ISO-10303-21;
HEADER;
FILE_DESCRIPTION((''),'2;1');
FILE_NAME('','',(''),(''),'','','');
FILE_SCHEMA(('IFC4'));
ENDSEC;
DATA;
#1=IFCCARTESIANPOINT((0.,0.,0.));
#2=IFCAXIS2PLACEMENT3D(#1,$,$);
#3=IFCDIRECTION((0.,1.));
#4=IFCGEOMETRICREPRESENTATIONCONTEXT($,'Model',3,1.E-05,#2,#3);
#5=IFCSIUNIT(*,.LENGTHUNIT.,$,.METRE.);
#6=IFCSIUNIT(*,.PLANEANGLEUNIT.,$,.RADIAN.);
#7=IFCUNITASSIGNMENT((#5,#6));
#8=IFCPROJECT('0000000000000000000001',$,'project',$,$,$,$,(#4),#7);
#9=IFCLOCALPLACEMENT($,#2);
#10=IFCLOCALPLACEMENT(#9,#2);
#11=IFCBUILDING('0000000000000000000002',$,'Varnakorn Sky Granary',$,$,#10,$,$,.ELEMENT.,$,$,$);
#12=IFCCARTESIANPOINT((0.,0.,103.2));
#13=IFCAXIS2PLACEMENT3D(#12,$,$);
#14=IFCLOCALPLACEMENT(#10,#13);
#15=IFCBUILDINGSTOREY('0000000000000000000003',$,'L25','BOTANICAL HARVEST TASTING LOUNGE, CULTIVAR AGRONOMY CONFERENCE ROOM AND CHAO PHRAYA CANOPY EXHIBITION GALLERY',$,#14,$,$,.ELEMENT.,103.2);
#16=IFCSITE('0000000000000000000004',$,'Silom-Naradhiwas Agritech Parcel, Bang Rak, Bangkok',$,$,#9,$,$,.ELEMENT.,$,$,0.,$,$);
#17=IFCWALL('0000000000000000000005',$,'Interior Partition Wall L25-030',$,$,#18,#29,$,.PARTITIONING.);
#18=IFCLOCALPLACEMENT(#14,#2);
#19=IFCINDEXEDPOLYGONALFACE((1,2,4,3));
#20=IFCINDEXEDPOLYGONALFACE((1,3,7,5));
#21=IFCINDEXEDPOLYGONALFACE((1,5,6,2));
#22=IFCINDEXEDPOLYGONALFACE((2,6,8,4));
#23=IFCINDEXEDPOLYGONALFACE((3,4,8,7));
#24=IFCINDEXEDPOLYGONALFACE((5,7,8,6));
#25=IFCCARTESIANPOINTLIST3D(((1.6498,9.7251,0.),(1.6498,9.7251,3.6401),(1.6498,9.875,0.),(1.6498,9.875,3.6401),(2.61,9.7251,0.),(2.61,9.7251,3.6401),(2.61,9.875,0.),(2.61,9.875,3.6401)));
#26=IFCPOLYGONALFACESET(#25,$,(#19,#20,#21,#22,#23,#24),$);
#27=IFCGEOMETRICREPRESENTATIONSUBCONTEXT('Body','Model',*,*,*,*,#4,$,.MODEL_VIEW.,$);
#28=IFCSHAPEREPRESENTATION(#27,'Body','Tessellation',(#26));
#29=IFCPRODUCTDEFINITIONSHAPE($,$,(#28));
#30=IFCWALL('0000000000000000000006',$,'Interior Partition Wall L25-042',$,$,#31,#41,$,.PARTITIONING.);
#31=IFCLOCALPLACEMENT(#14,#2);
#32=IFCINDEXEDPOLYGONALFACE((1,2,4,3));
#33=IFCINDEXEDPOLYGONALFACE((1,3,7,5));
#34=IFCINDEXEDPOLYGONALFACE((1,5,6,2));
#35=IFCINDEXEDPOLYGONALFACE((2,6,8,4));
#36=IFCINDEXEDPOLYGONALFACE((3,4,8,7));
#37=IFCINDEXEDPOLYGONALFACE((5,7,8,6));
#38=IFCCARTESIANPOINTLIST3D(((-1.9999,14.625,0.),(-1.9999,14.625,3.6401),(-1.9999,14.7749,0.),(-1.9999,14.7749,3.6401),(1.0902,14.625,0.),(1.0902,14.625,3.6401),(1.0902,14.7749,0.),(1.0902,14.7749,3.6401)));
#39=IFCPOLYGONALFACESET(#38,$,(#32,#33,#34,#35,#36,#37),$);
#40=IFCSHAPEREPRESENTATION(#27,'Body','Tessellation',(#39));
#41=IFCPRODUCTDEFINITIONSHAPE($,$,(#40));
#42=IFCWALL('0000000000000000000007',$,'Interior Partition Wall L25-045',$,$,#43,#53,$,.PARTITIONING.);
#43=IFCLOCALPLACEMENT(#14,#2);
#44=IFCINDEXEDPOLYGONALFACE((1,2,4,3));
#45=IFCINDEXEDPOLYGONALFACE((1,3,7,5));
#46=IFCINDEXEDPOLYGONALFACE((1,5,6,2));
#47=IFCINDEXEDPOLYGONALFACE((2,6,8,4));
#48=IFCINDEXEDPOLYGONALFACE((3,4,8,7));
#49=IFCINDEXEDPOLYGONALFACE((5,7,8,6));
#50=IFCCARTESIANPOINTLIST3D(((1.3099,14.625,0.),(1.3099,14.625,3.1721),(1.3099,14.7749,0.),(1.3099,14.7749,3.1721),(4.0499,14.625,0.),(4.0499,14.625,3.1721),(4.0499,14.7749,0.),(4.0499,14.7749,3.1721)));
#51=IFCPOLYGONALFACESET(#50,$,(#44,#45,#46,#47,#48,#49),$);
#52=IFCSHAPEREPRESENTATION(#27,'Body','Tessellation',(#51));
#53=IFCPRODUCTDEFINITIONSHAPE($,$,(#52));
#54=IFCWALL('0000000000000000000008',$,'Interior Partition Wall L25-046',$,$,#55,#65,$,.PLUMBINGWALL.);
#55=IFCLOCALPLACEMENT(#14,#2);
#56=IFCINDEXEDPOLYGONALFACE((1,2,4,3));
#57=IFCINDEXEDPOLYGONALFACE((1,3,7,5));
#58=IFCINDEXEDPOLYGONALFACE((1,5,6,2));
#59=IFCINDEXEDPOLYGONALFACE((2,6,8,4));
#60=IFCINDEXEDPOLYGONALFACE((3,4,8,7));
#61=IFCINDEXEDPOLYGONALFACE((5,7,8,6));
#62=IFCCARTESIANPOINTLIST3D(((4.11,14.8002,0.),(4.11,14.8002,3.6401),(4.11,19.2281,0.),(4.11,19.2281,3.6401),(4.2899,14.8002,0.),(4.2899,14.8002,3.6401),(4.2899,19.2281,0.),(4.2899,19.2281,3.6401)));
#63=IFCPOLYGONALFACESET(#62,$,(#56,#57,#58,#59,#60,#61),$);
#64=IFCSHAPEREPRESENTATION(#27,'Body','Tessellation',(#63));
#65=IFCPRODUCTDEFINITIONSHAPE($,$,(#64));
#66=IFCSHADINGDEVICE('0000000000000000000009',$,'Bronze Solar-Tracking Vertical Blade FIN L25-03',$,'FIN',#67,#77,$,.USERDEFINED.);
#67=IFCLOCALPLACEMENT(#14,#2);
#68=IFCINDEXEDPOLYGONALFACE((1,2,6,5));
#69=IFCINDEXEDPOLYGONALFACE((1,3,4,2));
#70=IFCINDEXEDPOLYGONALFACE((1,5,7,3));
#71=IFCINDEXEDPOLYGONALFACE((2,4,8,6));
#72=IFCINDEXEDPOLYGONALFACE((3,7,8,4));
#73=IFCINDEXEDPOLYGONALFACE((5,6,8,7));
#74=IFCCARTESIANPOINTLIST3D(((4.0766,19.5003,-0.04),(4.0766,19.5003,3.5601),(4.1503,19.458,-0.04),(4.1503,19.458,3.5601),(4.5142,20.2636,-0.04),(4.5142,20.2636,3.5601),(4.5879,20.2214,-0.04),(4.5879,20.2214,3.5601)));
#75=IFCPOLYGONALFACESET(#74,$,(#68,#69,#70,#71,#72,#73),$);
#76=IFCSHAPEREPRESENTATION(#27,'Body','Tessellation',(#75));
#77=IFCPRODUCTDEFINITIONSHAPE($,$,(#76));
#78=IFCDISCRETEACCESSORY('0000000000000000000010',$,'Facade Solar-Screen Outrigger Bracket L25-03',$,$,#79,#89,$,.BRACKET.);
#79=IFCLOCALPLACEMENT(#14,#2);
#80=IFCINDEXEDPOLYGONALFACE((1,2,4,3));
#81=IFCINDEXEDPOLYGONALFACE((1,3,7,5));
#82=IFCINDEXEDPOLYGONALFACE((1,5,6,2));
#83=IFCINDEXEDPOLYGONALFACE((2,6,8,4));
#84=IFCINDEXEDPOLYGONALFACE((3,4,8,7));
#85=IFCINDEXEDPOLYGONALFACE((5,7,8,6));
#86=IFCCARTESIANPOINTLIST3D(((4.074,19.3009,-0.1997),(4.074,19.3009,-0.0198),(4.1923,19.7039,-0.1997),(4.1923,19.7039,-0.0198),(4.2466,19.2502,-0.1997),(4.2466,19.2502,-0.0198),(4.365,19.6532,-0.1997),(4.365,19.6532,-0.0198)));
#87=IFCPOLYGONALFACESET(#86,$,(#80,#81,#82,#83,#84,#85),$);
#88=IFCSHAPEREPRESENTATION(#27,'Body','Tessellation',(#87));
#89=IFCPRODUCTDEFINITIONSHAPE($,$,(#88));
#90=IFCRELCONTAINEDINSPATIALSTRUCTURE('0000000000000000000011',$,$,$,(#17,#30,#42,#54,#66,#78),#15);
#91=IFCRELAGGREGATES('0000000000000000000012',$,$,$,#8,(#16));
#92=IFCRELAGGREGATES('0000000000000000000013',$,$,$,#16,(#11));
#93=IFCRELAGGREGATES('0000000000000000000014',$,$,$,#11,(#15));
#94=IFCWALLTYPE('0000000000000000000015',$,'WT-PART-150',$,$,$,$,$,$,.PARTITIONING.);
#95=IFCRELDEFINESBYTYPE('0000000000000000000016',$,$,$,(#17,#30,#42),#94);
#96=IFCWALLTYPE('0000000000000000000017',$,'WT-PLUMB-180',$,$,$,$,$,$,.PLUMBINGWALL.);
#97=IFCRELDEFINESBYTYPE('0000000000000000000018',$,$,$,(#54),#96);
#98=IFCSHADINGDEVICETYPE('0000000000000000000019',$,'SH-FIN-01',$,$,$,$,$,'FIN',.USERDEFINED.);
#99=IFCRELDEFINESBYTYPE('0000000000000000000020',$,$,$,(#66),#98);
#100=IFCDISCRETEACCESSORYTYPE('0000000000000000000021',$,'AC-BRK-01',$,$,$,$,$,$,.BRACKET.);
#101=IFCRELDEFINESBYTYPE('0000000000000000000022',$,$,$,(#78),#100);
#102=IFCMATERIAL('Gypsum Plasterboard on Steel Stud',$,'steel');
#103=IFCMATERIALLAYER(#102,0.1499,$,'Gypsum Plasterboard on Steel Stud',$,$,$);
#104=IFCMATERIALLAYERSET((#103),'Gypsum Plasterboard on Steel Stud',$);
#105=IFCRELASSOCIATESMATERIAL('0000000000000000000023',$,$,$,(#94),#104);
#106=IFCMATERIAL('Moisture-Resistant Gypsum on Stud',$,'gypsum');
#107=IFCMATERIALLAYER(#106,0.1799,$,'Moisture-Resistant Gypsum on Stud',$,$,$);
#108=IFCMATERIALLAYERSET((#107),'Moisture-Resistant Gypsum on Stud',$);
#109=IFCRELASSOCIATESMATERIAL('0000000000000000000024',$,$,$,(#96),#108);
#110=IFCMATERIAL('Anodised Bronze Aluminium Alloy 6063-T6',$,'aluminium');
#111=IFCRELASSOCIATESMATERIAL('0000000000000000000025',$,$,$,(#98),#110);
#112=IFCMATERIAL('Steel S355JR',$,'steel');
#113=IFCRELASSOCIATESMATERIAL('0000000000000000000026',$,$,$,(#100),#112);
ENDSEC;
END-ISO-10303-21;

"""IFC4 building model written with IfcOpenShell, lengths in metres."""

from ifc_helpers import new_model, si_unit, direction, frame, frame_2d, origin, origin_2d, place, context, subcontext, project, spatial, rectangle, extrude, source, transform, mapped, material, layer, layer_set, type_object, type_shapes, element, save


model = new_model("IFC4")

# Units and contexts
model_context = context("Model", 3, precision=1e-05, world=origin(), true_north=direction((0.0, 1.0)))
body_context = subcontext(model_context, "Body", "Model", "MODEL_VIEW")
ifc_project = project(units=[si_unit("LENGTHUNIT", "METRE"), si_unit("PLANEANGLEUNIT", "RADIAN")], contexts=[model_context])

# Site, building, storey
site_placement = place(None, origin())
site = spatial("IfcSite", under=ifc_project, at=site_placement, Name="Silom-Naradhiwas Agritech Parcel, Bang Rak, Bangkok", CompositionType="ELEMENT", RefElevation=0.0)
building_placement = place(site_placement, origin())
building = spatial("IfcBuilding", under=site, at=building_placement, Name="Varnakorn Sky Granary", CompositionType="ELEMENT")
storey_placement = place(building_placement, frame((0.0, 0.0, 103.2)))
storey = spatial("IfcBuildingStorey", under=building, at=storey_placement, Name="L25", Description="BOTANICAL HARVEST TASTING LOUNGE, CULTIVAR AGRONOMY CONFERENCE ROOM AND CHAO PHRAYA CANOPY EXHIBITION GALLERY", CompositionType="ELEMENT", Elevation=103.2)

# Shared definitions
ifc_material_1 = material(Name="Steel S355JR", Category="steel")

# Shared definitions
ifc_material_2 = material(Name="Anodised Bronze Aluminium Alloy 6063-T6", Category="aluminium")

# Walls
ifc_material_3 = material(Name="Gypsum Plasterboard on Steel Stud", Category="steel")
ifc_layer_1 = layer(ifc_material_3, 0.1499, Name="Gypsum Plasterboard on Steel Stud")
ifc_layer_set_1 = layer_set([ifc_layer_1], Name="Gypsum Plasterboard on Steel Stud")
wall_type_1 = type_object("IfcWallType", Name="WT-PART-150", PredefinedType="PARTITIONING", material=ifc_layer_set_1)
wall_1_placement = place(storey_placement, frame((1.6499, 9.8, 0.0), z_axis=(0.0, 0.0, 1.0), x_axis=(1.0, 0.0, 0.0)))
element("IfcWall", 1, at=wall_1_placement, inside=storey, type_object=wall_type_1, Name="Interior Partition Wall L25-030", PredefinedType="PARTITIONING", context=body_context, shape_type="SweptSolid", body=[
    extrude(rectangle(XDim=0.9602, YDim=0.1499, at=frame_2d((0.48, 0.0))), origin(), (0.0, 0.0, 1.0), 3.6401),
])
wall_2_placement = place(storey_placement, frame((1.0901, 14.7, 0.0), z_axis=(0.0, 0.0, 1.0), x_axis=(-1.0, 0.0, 0.0)))
element("IfcWall", 2, at=wall_2_placement, inside=storey, type_object=wall_type_1, Name="Interior Partition Wall L25-042", PredefinedType="PARTITIONING", context=body_context, shape_type="SweptSolid", body=[
    extrude(rectangle(XDim=3.0901, YDim=0.1499, at=frame_2d((1.5449, 0.0))), origin(), (0.0, 0.0, 1.0), 3.6401),
])
wall_3_placement = place(storey_placement, frame((4.05, 14.7, 0.0), z_axis=(0.0, 0.0, 1.0), x_axis=(-1.0, 0.0, 0.0)))
element("IfcWall", 3, at=wall_3_placement, inside=storey, type_object=wall_type_1, Name="Interior Partition Wall L25-045", PredefinedType="PARTITIONING", context=body_context, shape_type="SweptSolid", body=[
    extrude(rectangle(XDim=2.74, YDim=0.1499, at=frame_2d((1.3701, 0.0))), origin(), (0.0, 0.0, 1.0), 3.1721),
])
ifc_material_4 = material(Name="Moisture-Resistant Gypsum on Stud", Category="gypsum")
ifc_layer_2 = layer(ifc_material_4, 0.1799, Name="Moisture-Resistant Gypsum on Stud")
ifc_layer_set_2 = layer_set([ifc_layer_2], Name="Moisture-Resistant Gypsum on Stud")
wall_type_2 = type_object("IfcWallType", Name="WT-PLUMB-180", PredefinedType="PLUMBINGWALL", material=ifc_layer_set_2)
wall_4_placement = place(storey_placement, frame((4.2, 19.228, 0.0), z_axis=(0.0, 0.0, 1.0), x_axis=(0.0, -1.0, 0.0)))
element("IfcWall", 4, at=wall_4_placement, inside=storey, type_object=wall_type_2, Name="Interior Partition Wall L25-046", PredefinedType="PLUMBINGWALL", context=body_context, shape_type="SweptSolid", body=[
    extrude(rectangle(XDim=4.428, YDim=0.1799, at=frame_2d((2.2139, 0.0))), origin(), (0.0, 0.0, 1.0), 3.6401),
])

# Shading device
shading_device_type = type_object("IfcShadingDeviceType", Name="SH-FIN-01", ElementType="FIN", PredefinedType="USERDEFINED", material=ifc_material_2)
shared_shape_1 = source(origin(), body_context, "Body", "SweptSolid", [
    extrude(rectangle(XDim=0.085, YDim=0.8799, at=origin_2d()), origin(), (0.0, 0.0, 1.0), 3.6001),
])
type_shapes(shading_device_type, [shared_shape_1])
shading_device_placement = place(storey_placement, frame((4.3323, 19.8608, -0.04), z_axis=(0.0, 0.0, 1.0), x_axis=(-0.867552, 0.497347, 0.0)))
element("IfcShadingDevice", 5, at=shading_device_placement, inside=storey, type_object=shading_device_type, Name="Bronze Solar-Tracking Vertical Blade FIN L25-03", ObjectType="FIN", PredefinedType="USERDEFINED", context=body_context, shape_type="MappedRepresentation", body=[
    mapped(shared_shape_1, transform((0.0, 0.0, 0.0), x_axis=(1.0, 0.0, 0.0), y_axis=(0.0, 1.0, 0.0), z_axis=(0.0, 0.0, 1.0), scale=1.0)),
])

# Discrete accessory
discrete_accessory_type = type_object("IfcDiscreteAccessoryType", Name="AC-BRK-01", PredefinedType="BRACKET", material=ifc_material_1)
shared_shape_2 = source(origin(), body_context, "Body", "SweptSolid", [
    extrude(rectangle(XDim=0.1799, YDim=0.4199, at=origin_2d()), origin(), (0.0, 0.0, 1.0), 0.1799),
])
type_shapes(discrete_accessory_type, [shared_shape_2])
discrete_accessory_placement = place(storey_placement, frame((4.2195, 19.4771, -0.1997), z_axis=(0.0, 0.0, 1.0), x_axis=(-0.959486, 0.281756, 0.0)))
element("IfcDiscreteAccessory", 6, at=discrete_accessory_placement, inside=storey, type_object=discrete_accessory_type, Name="Facade Solar-Screen Outrigger Bracket L25-03", PredefinedType="BRACKET", context=body_context, shape_type="MappedRepresentation", body=[
    mapped(shared_shape_2, transform((0.0, 0.0, 0.0), x_axis=(1.0, 0.0, 0.0), y_axis=(0.0, 1.0, 0.0), z_axis=(0.0, 0.0, 1.0), scale=1.0)),
])

save(model, "model.ifc")
